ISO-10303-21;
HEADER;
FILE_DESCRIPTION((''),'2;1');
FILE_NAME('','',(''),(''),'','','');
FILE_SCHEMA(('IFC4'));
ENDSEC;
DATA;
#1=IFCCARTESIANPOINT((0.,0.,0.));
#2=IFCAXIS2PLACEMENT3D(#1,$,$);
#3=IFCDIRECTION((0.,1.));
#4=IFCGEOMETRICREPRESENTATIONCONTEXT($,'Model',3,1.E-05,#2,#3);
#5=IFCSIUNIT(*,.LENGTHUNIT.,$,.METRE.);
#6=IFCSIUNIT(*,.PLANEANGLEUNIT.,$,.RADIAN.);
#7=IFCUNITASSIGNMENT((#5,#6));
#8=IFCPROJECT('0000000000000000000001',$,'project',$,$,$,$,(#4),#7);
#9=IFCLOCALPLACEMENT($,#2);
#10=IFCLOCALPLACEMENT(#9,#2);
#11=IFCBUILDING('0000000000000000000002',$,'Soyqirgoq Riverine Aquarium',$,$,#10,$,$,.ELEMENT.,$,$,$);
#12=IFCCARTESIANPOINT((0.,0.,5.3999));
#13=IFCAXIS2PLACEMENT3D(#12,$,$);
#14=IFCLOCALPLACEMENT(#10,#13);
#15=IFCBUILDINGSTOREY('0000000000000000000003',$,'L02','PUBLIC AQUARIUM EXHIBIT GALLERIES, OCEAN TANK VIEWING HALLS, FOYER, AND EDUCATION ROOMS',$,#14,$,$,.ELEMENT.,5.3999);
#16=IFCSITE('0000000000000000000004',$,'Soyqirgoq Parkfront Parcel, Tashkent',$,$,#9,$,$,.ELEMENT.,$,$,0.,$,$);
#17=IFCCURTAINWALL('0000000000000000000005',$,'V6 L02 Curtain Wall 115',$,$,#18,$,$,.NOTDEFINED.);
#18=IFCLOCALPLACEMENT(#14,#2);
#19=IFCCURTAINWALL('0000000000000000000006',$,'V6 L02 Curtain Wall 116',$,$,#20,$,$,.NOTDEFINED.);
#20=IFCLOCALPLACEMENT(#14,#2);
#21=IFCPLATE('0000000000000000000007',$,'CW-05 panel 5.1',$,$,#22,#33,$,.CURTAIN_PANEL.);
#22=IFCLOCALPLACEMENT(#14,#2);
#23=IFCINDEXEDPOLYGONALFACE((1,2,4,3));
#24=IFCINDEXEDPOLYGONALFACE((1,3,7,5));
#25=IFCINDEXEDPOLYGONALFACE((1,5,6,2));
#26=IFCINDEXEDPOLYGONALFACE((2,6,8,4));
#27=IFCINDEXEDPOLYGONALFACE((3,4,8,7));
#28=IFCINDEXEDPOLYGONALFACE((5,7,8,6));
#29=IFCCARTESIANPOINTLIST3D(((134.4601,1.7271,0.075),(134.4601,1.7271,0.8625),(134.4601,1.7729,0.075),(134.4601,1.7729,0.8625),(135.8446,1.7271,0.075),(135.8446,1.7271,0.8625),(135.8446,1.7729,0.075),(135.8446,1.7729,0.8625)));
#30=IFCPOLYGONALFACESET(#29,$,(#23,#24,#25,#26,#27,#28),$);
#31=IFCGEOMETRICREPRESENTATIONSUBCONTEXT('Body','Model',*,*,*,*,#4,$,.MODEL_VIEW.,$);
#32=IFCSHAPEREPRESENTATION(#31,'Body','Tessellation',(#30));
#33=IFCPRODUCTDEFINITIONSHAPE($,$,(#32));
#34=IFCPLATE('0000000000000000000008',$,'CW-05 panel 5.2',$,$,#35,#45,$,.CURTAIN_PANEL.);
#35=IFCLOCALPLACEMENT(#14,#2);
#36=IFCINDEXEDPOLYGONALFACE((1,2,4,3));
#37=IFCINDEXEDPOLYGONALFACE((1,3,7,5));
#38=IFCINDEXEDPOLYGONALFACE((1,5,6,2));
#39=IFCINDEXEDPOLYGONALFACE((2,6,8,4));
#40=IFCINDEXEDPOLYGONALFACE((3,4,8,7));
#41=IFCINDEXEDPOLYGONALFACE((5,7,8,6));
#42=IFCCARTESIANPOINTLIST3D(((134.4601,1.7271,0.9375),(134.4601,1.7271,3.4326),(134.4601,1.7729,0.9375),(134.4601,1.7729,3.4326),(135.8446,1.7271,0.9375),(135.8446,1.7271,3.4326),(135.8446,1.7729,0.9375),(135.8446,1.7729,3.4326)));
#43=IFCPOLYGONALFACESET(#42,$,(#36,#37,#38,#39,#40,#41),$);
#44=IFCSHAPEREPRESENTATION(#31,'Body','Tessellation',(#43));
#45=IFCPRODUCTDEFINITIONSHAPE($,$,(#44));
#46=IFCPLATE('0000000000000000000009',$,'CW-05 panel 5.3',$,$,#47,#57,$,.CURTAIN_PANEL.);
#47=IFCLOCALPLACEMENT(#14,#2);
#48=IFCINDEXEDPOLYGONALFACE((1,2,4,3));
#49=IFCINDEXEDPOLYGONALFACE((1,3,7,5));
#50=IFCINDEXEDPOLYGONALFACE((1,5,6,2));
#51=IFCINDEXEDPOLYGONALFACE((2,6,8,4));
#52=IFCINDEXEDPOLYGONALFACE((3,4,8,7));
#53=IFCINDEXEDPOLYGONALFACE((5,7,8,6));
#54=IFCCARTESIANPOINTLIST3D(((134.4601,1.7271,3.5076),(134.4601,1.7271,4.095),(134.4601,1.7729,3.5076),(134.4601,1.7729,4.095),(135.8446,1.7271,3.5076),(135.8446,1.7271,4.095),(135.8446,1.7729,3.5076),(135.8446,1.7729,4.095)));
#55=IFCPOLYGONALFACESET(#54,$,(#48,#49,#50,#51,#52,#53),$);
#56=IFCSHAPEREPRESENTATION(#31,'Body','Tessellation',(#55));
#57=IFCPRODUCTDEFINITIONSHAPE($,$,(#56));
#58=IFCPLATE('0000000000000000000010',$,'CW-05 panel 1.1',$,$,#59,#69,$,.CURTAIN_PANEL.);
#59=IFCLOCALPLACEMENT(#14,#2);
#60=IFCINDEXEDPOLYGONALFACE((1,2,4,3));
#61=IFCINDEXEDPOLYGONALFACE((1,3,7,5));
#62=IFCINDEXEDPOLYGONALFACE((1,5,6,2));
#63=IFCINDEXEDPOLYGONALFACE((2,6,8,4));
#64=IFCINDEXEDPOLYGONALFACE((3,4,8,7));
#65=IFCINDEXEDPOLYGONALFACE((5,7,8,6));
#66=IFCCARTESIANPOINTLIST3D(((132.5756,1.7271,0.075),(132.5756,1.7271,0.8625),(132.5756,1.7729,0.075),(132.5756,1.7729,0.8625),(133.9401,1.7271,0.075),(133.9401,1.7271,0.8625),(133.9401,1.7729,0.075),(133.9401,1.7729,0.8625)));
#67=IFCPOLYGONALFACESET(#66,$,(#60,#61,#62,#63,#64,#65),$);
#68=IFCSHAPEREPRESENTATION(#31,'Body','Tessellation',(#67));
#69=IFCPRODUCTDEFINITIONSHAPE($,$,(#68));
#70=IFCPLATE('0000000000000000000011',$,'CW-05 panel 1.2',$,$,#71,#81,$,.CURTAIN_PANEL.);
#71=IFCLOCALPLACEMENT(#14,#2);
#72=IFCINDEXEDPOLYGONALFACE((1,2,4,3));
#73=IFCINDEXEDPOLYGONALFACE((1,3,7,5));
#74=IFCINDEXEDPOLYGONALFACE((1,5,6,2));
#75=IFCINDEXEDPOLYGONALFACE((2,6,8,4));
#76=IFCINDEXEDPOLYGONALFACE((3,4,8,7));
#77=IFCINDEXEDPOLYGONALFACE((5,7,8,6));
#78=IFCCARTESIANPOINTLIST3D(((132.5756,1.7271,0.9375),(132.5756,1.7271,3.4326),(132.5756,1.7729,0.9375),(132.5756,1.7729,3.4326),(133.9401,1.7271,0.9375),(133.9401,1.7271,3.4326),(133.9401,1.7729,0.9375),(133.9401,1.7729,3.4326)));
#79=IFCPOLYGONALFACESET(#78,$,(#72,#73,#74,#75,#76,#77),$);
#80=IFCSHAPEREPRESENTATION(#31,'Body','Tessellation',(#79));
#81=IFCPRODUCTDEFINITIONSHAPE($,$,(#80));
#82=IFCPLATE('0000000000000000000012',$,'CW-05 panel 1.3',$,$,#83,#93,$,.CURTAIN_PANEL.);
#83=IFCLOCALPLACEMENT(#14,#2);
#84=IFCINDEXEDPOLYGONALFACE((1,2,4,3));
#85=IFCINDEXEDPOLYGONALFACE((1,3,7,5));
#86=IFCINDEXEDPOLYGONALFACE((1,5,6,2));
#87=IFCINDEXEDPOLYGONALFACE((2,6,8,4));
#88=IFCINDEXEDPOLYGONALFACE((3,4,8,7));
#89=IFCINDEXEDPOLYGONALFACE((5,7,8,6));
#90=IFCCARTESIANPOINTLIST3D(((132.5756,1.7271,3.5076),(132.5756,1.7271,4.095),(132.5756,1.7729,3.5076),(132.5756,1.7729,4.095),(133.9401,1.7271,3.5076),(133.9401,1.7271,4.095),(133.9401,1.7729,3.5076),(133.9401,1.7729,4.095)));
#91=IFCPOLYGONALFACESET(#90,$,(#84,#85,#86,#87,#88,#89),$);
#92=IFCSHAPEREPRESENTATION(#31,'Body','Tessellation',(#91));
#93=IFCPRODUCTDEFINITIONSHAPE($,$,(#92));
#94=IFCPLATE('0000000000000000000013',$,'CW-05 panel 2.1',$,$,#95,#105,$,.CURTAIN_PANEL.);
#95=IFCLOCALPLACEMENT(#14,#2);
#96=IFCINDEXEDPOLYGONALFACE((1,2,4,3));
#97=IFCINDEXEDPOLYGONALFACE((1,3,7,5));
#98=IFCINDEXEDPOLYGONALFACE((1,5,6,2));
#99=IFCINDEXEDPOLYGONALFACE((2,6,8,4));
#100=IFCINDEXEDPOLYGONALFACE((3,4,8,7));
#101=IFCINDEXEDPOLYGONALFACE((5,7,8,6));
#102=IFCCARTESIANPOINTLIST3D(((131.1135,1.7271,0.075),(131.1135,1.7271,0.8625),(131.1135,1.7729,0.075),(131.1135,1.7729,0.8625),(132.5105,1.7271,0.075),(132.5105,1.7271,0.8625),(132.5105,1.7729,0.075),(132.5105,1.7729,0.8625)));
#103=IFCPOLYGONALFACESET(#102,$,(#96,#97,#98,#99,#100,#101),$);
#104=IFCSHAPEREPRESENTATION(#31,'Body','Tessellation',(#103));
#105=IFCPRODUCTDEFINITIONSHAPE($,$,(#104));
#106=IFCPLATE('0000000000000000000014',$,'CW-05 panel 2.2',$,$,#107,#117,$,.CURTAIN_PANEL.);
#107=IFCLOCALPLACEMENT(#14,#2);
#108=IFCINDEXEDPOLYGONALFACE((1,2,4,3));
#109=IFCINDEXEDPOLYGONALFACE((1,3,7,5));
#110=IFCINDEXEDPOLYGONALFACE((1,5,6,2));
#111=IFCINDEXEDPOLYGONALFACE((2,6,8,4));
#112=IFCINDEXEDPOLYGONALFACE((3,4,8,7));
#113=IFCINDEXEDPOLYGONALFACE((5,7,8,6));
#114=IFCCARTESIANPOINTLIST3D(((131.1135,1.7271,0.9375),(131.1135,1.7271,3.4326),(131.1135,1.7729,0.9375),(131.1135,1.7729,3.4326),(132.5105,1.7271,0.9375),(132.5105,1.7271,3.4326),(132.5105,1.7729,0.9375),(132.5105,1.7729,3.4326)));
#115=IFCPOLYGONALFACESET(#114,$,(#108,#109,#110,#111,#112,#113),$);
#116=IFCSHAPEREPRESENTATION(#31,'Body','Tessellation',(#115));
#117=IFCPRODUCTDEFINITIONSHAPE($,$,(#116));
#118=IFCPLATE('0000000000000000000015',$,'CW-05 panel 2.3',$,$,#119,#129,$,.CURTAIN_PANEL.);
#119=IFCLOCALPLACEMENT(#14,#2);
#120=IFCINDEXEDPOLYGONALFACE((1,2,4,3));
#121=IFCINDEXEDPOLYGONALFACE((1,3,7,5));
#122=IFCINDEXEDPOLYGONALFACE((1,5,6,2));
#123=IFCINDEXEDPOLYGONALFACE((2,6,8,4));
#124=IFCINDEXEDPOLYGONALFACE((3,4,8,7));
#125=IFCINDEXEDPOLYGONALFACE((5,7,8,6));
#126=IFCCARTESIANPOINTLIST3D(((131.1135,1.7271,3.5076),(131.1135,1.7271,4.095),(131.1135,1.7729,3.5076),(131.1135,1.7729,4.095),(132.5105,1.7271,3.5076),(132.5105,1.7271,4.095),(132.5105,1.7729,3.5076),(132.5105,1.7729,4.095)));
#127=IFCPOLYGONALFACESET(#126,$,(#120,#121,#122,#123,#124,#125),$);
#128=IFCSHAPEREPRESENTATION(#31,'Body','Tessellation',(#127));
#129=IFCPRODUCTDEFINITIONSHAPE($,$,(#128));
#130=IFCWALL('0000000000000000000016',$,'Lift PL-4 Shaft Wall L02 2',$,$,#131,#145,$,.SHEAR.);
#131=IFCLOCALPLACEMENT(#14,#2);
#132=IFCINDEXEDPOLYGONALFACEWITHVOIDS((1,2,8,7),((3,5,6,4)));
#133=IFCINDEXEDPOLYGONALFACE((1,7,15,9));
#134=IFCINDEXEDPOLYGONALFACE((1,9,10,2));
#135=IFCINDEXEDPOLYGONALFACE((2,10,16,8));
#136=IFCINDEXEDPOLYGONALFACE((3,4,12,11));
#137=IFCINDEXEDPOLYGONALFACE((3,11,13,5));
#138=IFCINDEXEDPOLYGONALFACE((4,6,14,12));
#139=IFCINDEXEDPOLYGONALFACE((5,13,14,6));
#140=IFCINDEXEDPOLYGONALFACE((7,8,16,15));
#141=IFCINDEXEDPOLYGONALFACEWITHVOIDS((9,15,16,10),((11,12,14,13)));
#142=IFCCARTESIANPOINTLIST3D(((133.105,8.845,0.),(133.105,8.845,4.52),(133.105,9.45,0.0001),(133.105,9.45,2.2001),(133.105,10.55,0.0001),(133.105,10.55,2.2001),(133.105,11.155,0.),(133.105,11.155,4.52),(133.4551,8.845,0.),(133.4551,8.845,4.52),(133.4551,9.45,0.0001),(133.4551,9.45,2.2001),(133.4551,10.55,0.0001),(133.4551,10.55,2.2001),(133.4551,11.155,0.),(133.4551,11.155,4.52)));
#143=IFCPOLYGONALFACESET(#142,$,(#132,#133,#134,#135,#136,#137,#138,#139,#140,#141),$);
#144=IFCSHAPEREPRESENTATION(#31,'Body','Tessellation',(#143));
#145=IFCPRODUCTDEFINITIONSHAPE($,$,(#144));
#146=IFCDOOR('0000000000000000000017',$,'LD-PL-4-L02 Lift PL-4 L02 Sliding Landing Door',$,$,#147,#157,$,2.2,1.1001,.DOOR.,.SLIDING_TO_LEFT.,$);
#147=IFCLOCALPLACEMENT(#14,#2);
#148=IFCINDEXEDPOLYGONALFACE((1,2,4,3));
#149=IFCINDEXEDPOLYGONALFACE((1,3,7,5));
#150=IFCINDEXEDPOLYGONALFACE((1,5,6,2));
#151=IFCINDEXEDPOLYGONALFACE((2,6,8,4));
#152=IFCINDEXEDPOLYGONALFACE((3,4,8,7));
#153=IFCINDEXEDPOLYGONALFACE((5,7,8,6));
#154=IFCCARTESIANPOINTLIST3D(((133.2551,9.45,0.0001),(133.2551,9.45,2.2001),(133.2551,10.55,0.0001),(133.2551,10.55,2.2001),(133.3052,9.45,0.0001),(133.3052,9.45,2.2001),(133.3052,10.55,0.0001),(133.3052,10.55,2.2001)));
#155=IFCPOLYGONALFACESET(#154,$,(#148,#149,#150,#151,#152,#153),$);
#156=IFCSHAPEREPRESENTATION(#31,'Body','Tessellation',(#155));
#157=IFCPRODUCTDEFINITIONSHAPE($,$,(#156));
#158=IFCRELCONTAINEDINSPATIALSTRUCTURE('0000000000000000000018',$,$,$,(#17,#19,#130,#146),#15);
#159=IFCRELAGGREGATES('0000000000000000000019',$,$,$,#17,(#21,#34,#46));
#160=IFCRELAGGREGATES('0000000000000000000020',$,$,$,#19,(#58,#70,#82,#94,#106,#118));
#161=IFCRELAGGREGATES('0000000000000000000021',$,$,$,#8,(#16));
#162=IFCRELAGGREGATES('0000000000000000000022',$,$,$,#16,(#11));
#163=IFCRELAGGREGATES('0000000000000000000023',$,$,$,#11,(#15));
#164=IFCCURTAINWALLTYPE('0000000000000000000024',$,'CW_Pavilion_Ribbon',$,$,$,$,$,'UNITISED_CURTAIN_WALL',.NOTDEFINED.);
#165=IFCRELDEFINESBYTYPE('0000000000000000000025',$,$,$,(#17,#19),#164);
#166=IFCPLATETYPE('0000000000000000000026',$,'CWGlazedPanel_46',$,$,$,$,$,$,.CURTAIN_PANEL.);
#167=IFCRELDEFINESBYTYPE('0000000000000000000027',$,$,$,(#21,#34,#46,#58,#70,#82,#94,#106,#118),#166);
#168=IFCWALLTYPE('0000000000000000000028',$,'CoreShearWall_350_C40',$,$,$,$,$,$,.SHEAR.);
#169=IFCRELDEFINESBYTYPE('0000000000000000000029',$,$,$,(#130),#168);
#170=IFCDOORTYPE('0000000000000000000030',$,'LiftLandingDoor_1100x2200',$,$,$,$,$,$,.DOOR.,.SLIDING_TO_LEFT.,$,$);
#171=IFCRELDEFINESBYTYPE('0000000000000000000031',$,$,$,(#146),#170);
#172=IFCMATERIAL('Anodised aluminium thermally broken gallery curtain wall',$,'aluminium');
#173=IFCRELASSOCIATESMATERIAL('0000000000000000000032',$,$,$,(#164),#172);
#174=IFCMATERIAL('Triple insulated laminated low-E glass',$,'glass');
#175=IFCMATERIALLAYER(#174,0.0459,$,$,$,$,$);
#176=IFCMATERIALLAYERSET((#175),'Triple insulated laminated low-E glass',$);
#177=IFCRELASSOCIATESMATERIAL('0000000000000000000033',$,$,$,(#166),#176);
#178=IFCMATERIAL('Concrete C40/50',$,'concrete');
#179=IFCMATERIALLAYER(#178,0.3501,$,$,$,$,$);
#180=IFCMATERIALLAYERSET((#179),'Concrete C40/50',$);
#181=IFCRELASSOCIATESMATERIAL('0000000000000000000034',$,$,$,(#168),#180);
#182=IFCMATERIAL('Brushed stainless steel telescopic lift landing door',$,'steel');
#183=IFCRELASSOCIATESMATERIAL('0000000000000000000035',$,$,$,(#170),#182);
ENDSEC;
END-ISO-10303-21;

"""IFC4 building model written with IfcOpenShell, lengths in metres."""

from ifc_helpers import new_model, si_unit, direction, frame, frame_2d, origin, origin_2d, place, context, subcontext, project, spatial, rectangle, extrude, material, layer, layer_set, type_object, element, fill, aggregate, save


model = new_model("IFC4")

# Units and contexts
model_context = context("Model", 3, precision=1e-05, world=origin(), true_north=direction((0.0, 1.0)))
body_context = subcontext(model_context, "Body", "Model", "MODEL_VIEW")
ifc_project = project(units=[si_unit("LENGTHUNIT", "METRE"), si_unit("PLANEANGLEUNIT", "RADIAN")], contexts=[model_context])

# Site, building, storey
site_placement = place(None, origin())
site = spatial("IfcSite", under=ifc_project, at=site_placement, Name="Soyqirgoq Parkfront Parcel, Tashkent", CompositionType="ELEMENT", RefElevation=0.0)
building_placement = place(site_placement, origin())
building = spatial("IfcBuilding", under=site, at=building_placement, Name="Soyqirgoq Riverine Aquarium", CompositionType="ELEMENT")
storey_placement = place(building_placement, frame((0.0, 0.0, 5.3999)))
storey = spatial("IfcBuildingStorey", under=building, at=storey_placement, Name="L02", Description="PUBLIC AQUARIUM EXHIBIT GALLERIES, OCEAN TANK VIEWING HALLS, FOYER, AND EDUCATION ROOMS", CompositionType="ELEMENT", Elevation=5.3999)

# Curtain wall
ifc_material_1 = material(Name="Anodised aluminium thermally broken gallery curtain wall", Category="aluminium")
curtain_wall_type = type_object("IfcCurtainWallType", Name="CW_Pavilion_Ribbon", ElementType="UNITISED_CURTAIN_WALL", PredefinedType="NOTDEFINED", material=ifc_material_1)
curtain_wall_1_placement = place(storey_placement, origin())
curtain_wall_1 = element("IfcCurtainWall", 1, at=curtain_wall_1_placement, inside=storey, type_object=curtain_wall_type, Name="V6 L02 Curtain Wall 115", PredefinedType="NOTDEFINED")

# Curtain wall
curtain_wall_2_placement = place(storey_placement, origin())
curtain_wall_2 = element("IfcCurtainWall", 2, at=curtain_wall_2_placement, inside=storey, type_object=curtain_wall_type, Name="V6 L02 Curtain Wall 116", PredefinedType="NOTDEFINED")

# Plates
ifc_material_2 = material(Name="Triple insulated laminated low-E glass", Category="glass")
ifc_layer_1 = layer(ifc_material_2, 0.0459)
ifc_layer_set_1 = layer_set([ifc_layer_1], Name="Triple insulated laminated low-E glass")
plate_type = type_object("IfcPlateType", Name="CWGlazedPanel_46", PredefinedType="CURTAIN_PANEL", material=ifc_layer_set_1)
plate_1_placement = place(storey_placement, frame((135.1523, 1.75, 0.075), z_axis=(0.0, 0.0, 1.0), x_axis=(-1.0, 0.0, 0.0)))
plate_1 = element("IfcPlate", 3, at=plate_1_placement, type_object=plate_type, Name="CW-05 panel 5.1", PredefinedType="CURTAIN_PANEL", context=body_context, shape_type="SweptSolid", body=[
    extrude(rectangle(XDim=1.3845, YDim=0.0459, at=origin_2d()), origin(), (0.0, 0.0, 1.0), 0.7876),
])
plate_2_placement = place(storey_placement, frame((135.1523, 1.75, 0.9375), z_axis=(0.0, 0.0, 1.0), x_axis=(-1.0, 0.0, 0.0)))
plate_2 = element("IfcPlate", 4, at=plate_2_placement, type_object=plate_type, Name="CW-05 panel 5.2", PredefinedType="CURTAIN_PANEL", context=body_context, shape_type="SweptSolid", body=[
    extrude(rectangle(XDim=1.3845, YDim=0.0459, at=origin_2d()), origin(), (0.0, 0.0, 1.0), 2.4951),
])
plate_3_placement = place(storey_placement, frame((135.1523, 1.75, 3.5076), z_axis=(0.0, 0.0, 1.0), x_axis=(-1.0, 0.0, 0.0)))
plate_3 = element("IfcPlate", 5, at=plate_3_placement, type_object=plate_type, Name="CW-05 panel 5.3", PredefinedType="CURTAIN_PANEL", context=body_context, shape_type="SweptSolid", body=[
    extrude(rectangle(XDim=1.3845, YDim=0.0459, at=origin_2d()), origin(), (0.0, 0.0, 1.0), 0.5874),
])
aggregate(curtain_wall_1, [plate_1, plate_2, plate_3])
plate_4_placement = place(storey_placement, frame((133.2578, 1.75, 0.075), z_axis=(0.0, 0.0, 1.0), x_axis=(-1.0, 0.0, 0.0)))
plate_4 = element("IfcPlate", 6, at=plate_4_placement, type_object=plate_type, Name="CW-05 panel 1.1", PredefinedType="CURTAIN_PANEL", context=body_context, shape_type="SweptSolid", body=[
    extrude(rectangle(XDim=1.3645, YDim=0.0459, at=origin_2d()), origin(), (0.0, 0.0, 1.0), 0.7876),
])
plate_5_placement = place(storey_placement, frame((133.2578, 1.75, 0.9375), z_axis=(0.0, 0.0, 1.0), x_axis=(-1.0, 0.0, 0.0)))
plate_5 = element("IfcPlate", 7, at=plate_5_placement, type_object=plate_type, Name="CW-05 panel 1.2", PredefinedType="CURTAIN_PANEL", context=body_context, shape_type="SweptSolid", body=[
    extrude(rectangle(XDim=1.3645, YDim=0.0459, at=origin_2d()), origin(), (0.0, 0.0, 1.0), 2.4951),
])
plate_6_placement = place(storey_placement, frame((133.2578, 1.75, 3.5076), z_axis=(0.0, 0.0, 1.0), x_axis=(-1.0, 0.0, 0.0)))
plate_6 = element("IfcPlate", 8, at=plate_6_placement, type_object=plate_type, Name="CW-05 panel 1.3", PredefinedType="CURTAIN_PANEL", context=body_context, shape_type="SweptSolid", body=[
    extrude(rectangle(XDim=1.3645, YDim=0.0459, at=origin_2d()), origin(), (0.0, 0.0, 1.0), 0.5874),
])
plate_7_placement = place(storey_placement, frame((131.812, 1.75, 0.075), z_axis=(0.0, 0.0, 1.0), x_axis=(-1.0, 0.0, 0.0)))
plate_7 = element("IfcPlate", 9, at=plate_7_placement, type_object=plate_type, Name="CW-05 panel 2.1", PredefinedType="CURTAIN_PANEL", context=body_context, shape_type="SweptSolid", body=[
    extrude(rectangle(XDim=1.397, YDim=0.0459, at=origin_2d()), origin(), (0.0, 0.0, 1.0), 0.7876),
])
plate_8_placement = place(storey_placement, frame((131.812, 1.75, 0.9375), z_axis=(0.0, 0.0, 1.0), x_axis=(-1.0, 0.0, 0.0)))
plate_8 = element("IfcPlate", 10, at=plate_8_placement, type_object=plate_type, Name="CW-05 panel 2.2", PredefinedType="CURTAIN_PANEL", context=body_context, shape_type="SweptSolid", body=[
    extrude(rectangle(XDim=1.397, YDim=0.0459, at=origin_2d()), origin(), (0.0, 0.0, 1.0), 2.4951),
])
plate_9_placement = place(storey_placement, frame((131.812, 1.75, 3.5076), z_axis=(0.0, 0.0, 1.0), x_axis=(-1.0, 0.0, 0.0)))
plate_9 = element("IfcPlate", 11, at=plate_9_placement, type_object=plate_type, Name="CW-05 panel 2.3", PredefinedType="CURTAIN_PANEL", context=body_context, shape_type="SweptSolid", body=[
    extrude(rectangle(XDim=1.397, YDim=0.0459, at=origin_2d()), origin(), (0.0, 0.0, 1.0), 0.5874),
])
aggregate(curtain_wall_2, [plate_4, plate_5, plate_6, plate_7, plate_8, plate_9])

# Wall, opening, door
ifc_material_3 = material(Name="Concrete C40/50", Category="concrete")
ifc_layer_2 = layer(ifc_material_3, 0.3501)
ifc_layer_set_2 = layer_set([ifc_layer_2], Name="Concrete C40/50")
wall_type = type_object("IfcWallType", Name="CoreShearWall_350_C40", PredefinedType="SHEAR", material=ifc_layer_set_2)
wall_placement = place(storey_placement, frame((133.28, 8.845, 0.0), z_axis=(0.0, 0.0, 1.0), x_axis=(0.0, 1.0, 0.0)))
wall = element("IfcWall", 12, at=wall_placement, inside=storey, type_object=wall_type, Name="Lift PL-4 Shaft Wall L02 2", PredefinedType="SHEAR", context=body_context, shape_type="SweptSolid", body=[
    extrude(rectangle(XDim=2.3101, YDim=0.3501, at=frame_2d((1.155, 0.0))), origin(), (0.0, 0.0, 1.0), 4.52),
])
opening_placement = place(wall_placement, frame((0.605, 0.0, 0.0)))
opening = element("IfcOpeningElement", 13, at=opening_placement, cuts=wall, PredefinedType="OPENING", context=body_context, shape_type="SweptSolid", body=[
    extrude(rectangle(XDim=1.1001, YDim=2.2, at=frame_2d((0.55, 1.1001))), frame((0.0, 0.1851, 0.0), z_axis=(0.0, -1.0, 0.0), x_axis=(1.0, 0.0, 0.0)), (0.0, 0.0, 1.0), 0.3701),
])
ifc_material_4 = material(Name="Brushed stainless steel telescopic lift landing door", Category="steel")
door_type = type_object("IfcDoorType", Name="LiftLandingDoor_1100x2200", OperationType="SLIDING_TO_LEFT", PredefinedType="DOOR", material=ifc_material_4)
door_placement = place(opening_placement, origin())
door = element("IfcDoor", 14, at=door_placement, inside=storey, type_object=door_type, Name="LD-PL-4-L02 Lift PL-4 L02 Sliding Landing Door", OperationType="SLIDING_TO_LEFT", OverallHeight=2.2, OverallWidth=1.1001, PredefinedType="DOOR", context=body_context, shape_type="SweptSolid", body=[
    extrude(rectangle(XDim=1.1001, YDim=2.2, at=frame_2d((0.55, 1.1001))), frame((0.0, 0.0249, 0.0), z_axis=(0.0, -1.0, 0.0), x_axis=(1.0, 0.0, 0.0)), (0.0, 0.0, 1.0), 0.05),
])
fill(opening, door)

save(model, "model.ifc")
